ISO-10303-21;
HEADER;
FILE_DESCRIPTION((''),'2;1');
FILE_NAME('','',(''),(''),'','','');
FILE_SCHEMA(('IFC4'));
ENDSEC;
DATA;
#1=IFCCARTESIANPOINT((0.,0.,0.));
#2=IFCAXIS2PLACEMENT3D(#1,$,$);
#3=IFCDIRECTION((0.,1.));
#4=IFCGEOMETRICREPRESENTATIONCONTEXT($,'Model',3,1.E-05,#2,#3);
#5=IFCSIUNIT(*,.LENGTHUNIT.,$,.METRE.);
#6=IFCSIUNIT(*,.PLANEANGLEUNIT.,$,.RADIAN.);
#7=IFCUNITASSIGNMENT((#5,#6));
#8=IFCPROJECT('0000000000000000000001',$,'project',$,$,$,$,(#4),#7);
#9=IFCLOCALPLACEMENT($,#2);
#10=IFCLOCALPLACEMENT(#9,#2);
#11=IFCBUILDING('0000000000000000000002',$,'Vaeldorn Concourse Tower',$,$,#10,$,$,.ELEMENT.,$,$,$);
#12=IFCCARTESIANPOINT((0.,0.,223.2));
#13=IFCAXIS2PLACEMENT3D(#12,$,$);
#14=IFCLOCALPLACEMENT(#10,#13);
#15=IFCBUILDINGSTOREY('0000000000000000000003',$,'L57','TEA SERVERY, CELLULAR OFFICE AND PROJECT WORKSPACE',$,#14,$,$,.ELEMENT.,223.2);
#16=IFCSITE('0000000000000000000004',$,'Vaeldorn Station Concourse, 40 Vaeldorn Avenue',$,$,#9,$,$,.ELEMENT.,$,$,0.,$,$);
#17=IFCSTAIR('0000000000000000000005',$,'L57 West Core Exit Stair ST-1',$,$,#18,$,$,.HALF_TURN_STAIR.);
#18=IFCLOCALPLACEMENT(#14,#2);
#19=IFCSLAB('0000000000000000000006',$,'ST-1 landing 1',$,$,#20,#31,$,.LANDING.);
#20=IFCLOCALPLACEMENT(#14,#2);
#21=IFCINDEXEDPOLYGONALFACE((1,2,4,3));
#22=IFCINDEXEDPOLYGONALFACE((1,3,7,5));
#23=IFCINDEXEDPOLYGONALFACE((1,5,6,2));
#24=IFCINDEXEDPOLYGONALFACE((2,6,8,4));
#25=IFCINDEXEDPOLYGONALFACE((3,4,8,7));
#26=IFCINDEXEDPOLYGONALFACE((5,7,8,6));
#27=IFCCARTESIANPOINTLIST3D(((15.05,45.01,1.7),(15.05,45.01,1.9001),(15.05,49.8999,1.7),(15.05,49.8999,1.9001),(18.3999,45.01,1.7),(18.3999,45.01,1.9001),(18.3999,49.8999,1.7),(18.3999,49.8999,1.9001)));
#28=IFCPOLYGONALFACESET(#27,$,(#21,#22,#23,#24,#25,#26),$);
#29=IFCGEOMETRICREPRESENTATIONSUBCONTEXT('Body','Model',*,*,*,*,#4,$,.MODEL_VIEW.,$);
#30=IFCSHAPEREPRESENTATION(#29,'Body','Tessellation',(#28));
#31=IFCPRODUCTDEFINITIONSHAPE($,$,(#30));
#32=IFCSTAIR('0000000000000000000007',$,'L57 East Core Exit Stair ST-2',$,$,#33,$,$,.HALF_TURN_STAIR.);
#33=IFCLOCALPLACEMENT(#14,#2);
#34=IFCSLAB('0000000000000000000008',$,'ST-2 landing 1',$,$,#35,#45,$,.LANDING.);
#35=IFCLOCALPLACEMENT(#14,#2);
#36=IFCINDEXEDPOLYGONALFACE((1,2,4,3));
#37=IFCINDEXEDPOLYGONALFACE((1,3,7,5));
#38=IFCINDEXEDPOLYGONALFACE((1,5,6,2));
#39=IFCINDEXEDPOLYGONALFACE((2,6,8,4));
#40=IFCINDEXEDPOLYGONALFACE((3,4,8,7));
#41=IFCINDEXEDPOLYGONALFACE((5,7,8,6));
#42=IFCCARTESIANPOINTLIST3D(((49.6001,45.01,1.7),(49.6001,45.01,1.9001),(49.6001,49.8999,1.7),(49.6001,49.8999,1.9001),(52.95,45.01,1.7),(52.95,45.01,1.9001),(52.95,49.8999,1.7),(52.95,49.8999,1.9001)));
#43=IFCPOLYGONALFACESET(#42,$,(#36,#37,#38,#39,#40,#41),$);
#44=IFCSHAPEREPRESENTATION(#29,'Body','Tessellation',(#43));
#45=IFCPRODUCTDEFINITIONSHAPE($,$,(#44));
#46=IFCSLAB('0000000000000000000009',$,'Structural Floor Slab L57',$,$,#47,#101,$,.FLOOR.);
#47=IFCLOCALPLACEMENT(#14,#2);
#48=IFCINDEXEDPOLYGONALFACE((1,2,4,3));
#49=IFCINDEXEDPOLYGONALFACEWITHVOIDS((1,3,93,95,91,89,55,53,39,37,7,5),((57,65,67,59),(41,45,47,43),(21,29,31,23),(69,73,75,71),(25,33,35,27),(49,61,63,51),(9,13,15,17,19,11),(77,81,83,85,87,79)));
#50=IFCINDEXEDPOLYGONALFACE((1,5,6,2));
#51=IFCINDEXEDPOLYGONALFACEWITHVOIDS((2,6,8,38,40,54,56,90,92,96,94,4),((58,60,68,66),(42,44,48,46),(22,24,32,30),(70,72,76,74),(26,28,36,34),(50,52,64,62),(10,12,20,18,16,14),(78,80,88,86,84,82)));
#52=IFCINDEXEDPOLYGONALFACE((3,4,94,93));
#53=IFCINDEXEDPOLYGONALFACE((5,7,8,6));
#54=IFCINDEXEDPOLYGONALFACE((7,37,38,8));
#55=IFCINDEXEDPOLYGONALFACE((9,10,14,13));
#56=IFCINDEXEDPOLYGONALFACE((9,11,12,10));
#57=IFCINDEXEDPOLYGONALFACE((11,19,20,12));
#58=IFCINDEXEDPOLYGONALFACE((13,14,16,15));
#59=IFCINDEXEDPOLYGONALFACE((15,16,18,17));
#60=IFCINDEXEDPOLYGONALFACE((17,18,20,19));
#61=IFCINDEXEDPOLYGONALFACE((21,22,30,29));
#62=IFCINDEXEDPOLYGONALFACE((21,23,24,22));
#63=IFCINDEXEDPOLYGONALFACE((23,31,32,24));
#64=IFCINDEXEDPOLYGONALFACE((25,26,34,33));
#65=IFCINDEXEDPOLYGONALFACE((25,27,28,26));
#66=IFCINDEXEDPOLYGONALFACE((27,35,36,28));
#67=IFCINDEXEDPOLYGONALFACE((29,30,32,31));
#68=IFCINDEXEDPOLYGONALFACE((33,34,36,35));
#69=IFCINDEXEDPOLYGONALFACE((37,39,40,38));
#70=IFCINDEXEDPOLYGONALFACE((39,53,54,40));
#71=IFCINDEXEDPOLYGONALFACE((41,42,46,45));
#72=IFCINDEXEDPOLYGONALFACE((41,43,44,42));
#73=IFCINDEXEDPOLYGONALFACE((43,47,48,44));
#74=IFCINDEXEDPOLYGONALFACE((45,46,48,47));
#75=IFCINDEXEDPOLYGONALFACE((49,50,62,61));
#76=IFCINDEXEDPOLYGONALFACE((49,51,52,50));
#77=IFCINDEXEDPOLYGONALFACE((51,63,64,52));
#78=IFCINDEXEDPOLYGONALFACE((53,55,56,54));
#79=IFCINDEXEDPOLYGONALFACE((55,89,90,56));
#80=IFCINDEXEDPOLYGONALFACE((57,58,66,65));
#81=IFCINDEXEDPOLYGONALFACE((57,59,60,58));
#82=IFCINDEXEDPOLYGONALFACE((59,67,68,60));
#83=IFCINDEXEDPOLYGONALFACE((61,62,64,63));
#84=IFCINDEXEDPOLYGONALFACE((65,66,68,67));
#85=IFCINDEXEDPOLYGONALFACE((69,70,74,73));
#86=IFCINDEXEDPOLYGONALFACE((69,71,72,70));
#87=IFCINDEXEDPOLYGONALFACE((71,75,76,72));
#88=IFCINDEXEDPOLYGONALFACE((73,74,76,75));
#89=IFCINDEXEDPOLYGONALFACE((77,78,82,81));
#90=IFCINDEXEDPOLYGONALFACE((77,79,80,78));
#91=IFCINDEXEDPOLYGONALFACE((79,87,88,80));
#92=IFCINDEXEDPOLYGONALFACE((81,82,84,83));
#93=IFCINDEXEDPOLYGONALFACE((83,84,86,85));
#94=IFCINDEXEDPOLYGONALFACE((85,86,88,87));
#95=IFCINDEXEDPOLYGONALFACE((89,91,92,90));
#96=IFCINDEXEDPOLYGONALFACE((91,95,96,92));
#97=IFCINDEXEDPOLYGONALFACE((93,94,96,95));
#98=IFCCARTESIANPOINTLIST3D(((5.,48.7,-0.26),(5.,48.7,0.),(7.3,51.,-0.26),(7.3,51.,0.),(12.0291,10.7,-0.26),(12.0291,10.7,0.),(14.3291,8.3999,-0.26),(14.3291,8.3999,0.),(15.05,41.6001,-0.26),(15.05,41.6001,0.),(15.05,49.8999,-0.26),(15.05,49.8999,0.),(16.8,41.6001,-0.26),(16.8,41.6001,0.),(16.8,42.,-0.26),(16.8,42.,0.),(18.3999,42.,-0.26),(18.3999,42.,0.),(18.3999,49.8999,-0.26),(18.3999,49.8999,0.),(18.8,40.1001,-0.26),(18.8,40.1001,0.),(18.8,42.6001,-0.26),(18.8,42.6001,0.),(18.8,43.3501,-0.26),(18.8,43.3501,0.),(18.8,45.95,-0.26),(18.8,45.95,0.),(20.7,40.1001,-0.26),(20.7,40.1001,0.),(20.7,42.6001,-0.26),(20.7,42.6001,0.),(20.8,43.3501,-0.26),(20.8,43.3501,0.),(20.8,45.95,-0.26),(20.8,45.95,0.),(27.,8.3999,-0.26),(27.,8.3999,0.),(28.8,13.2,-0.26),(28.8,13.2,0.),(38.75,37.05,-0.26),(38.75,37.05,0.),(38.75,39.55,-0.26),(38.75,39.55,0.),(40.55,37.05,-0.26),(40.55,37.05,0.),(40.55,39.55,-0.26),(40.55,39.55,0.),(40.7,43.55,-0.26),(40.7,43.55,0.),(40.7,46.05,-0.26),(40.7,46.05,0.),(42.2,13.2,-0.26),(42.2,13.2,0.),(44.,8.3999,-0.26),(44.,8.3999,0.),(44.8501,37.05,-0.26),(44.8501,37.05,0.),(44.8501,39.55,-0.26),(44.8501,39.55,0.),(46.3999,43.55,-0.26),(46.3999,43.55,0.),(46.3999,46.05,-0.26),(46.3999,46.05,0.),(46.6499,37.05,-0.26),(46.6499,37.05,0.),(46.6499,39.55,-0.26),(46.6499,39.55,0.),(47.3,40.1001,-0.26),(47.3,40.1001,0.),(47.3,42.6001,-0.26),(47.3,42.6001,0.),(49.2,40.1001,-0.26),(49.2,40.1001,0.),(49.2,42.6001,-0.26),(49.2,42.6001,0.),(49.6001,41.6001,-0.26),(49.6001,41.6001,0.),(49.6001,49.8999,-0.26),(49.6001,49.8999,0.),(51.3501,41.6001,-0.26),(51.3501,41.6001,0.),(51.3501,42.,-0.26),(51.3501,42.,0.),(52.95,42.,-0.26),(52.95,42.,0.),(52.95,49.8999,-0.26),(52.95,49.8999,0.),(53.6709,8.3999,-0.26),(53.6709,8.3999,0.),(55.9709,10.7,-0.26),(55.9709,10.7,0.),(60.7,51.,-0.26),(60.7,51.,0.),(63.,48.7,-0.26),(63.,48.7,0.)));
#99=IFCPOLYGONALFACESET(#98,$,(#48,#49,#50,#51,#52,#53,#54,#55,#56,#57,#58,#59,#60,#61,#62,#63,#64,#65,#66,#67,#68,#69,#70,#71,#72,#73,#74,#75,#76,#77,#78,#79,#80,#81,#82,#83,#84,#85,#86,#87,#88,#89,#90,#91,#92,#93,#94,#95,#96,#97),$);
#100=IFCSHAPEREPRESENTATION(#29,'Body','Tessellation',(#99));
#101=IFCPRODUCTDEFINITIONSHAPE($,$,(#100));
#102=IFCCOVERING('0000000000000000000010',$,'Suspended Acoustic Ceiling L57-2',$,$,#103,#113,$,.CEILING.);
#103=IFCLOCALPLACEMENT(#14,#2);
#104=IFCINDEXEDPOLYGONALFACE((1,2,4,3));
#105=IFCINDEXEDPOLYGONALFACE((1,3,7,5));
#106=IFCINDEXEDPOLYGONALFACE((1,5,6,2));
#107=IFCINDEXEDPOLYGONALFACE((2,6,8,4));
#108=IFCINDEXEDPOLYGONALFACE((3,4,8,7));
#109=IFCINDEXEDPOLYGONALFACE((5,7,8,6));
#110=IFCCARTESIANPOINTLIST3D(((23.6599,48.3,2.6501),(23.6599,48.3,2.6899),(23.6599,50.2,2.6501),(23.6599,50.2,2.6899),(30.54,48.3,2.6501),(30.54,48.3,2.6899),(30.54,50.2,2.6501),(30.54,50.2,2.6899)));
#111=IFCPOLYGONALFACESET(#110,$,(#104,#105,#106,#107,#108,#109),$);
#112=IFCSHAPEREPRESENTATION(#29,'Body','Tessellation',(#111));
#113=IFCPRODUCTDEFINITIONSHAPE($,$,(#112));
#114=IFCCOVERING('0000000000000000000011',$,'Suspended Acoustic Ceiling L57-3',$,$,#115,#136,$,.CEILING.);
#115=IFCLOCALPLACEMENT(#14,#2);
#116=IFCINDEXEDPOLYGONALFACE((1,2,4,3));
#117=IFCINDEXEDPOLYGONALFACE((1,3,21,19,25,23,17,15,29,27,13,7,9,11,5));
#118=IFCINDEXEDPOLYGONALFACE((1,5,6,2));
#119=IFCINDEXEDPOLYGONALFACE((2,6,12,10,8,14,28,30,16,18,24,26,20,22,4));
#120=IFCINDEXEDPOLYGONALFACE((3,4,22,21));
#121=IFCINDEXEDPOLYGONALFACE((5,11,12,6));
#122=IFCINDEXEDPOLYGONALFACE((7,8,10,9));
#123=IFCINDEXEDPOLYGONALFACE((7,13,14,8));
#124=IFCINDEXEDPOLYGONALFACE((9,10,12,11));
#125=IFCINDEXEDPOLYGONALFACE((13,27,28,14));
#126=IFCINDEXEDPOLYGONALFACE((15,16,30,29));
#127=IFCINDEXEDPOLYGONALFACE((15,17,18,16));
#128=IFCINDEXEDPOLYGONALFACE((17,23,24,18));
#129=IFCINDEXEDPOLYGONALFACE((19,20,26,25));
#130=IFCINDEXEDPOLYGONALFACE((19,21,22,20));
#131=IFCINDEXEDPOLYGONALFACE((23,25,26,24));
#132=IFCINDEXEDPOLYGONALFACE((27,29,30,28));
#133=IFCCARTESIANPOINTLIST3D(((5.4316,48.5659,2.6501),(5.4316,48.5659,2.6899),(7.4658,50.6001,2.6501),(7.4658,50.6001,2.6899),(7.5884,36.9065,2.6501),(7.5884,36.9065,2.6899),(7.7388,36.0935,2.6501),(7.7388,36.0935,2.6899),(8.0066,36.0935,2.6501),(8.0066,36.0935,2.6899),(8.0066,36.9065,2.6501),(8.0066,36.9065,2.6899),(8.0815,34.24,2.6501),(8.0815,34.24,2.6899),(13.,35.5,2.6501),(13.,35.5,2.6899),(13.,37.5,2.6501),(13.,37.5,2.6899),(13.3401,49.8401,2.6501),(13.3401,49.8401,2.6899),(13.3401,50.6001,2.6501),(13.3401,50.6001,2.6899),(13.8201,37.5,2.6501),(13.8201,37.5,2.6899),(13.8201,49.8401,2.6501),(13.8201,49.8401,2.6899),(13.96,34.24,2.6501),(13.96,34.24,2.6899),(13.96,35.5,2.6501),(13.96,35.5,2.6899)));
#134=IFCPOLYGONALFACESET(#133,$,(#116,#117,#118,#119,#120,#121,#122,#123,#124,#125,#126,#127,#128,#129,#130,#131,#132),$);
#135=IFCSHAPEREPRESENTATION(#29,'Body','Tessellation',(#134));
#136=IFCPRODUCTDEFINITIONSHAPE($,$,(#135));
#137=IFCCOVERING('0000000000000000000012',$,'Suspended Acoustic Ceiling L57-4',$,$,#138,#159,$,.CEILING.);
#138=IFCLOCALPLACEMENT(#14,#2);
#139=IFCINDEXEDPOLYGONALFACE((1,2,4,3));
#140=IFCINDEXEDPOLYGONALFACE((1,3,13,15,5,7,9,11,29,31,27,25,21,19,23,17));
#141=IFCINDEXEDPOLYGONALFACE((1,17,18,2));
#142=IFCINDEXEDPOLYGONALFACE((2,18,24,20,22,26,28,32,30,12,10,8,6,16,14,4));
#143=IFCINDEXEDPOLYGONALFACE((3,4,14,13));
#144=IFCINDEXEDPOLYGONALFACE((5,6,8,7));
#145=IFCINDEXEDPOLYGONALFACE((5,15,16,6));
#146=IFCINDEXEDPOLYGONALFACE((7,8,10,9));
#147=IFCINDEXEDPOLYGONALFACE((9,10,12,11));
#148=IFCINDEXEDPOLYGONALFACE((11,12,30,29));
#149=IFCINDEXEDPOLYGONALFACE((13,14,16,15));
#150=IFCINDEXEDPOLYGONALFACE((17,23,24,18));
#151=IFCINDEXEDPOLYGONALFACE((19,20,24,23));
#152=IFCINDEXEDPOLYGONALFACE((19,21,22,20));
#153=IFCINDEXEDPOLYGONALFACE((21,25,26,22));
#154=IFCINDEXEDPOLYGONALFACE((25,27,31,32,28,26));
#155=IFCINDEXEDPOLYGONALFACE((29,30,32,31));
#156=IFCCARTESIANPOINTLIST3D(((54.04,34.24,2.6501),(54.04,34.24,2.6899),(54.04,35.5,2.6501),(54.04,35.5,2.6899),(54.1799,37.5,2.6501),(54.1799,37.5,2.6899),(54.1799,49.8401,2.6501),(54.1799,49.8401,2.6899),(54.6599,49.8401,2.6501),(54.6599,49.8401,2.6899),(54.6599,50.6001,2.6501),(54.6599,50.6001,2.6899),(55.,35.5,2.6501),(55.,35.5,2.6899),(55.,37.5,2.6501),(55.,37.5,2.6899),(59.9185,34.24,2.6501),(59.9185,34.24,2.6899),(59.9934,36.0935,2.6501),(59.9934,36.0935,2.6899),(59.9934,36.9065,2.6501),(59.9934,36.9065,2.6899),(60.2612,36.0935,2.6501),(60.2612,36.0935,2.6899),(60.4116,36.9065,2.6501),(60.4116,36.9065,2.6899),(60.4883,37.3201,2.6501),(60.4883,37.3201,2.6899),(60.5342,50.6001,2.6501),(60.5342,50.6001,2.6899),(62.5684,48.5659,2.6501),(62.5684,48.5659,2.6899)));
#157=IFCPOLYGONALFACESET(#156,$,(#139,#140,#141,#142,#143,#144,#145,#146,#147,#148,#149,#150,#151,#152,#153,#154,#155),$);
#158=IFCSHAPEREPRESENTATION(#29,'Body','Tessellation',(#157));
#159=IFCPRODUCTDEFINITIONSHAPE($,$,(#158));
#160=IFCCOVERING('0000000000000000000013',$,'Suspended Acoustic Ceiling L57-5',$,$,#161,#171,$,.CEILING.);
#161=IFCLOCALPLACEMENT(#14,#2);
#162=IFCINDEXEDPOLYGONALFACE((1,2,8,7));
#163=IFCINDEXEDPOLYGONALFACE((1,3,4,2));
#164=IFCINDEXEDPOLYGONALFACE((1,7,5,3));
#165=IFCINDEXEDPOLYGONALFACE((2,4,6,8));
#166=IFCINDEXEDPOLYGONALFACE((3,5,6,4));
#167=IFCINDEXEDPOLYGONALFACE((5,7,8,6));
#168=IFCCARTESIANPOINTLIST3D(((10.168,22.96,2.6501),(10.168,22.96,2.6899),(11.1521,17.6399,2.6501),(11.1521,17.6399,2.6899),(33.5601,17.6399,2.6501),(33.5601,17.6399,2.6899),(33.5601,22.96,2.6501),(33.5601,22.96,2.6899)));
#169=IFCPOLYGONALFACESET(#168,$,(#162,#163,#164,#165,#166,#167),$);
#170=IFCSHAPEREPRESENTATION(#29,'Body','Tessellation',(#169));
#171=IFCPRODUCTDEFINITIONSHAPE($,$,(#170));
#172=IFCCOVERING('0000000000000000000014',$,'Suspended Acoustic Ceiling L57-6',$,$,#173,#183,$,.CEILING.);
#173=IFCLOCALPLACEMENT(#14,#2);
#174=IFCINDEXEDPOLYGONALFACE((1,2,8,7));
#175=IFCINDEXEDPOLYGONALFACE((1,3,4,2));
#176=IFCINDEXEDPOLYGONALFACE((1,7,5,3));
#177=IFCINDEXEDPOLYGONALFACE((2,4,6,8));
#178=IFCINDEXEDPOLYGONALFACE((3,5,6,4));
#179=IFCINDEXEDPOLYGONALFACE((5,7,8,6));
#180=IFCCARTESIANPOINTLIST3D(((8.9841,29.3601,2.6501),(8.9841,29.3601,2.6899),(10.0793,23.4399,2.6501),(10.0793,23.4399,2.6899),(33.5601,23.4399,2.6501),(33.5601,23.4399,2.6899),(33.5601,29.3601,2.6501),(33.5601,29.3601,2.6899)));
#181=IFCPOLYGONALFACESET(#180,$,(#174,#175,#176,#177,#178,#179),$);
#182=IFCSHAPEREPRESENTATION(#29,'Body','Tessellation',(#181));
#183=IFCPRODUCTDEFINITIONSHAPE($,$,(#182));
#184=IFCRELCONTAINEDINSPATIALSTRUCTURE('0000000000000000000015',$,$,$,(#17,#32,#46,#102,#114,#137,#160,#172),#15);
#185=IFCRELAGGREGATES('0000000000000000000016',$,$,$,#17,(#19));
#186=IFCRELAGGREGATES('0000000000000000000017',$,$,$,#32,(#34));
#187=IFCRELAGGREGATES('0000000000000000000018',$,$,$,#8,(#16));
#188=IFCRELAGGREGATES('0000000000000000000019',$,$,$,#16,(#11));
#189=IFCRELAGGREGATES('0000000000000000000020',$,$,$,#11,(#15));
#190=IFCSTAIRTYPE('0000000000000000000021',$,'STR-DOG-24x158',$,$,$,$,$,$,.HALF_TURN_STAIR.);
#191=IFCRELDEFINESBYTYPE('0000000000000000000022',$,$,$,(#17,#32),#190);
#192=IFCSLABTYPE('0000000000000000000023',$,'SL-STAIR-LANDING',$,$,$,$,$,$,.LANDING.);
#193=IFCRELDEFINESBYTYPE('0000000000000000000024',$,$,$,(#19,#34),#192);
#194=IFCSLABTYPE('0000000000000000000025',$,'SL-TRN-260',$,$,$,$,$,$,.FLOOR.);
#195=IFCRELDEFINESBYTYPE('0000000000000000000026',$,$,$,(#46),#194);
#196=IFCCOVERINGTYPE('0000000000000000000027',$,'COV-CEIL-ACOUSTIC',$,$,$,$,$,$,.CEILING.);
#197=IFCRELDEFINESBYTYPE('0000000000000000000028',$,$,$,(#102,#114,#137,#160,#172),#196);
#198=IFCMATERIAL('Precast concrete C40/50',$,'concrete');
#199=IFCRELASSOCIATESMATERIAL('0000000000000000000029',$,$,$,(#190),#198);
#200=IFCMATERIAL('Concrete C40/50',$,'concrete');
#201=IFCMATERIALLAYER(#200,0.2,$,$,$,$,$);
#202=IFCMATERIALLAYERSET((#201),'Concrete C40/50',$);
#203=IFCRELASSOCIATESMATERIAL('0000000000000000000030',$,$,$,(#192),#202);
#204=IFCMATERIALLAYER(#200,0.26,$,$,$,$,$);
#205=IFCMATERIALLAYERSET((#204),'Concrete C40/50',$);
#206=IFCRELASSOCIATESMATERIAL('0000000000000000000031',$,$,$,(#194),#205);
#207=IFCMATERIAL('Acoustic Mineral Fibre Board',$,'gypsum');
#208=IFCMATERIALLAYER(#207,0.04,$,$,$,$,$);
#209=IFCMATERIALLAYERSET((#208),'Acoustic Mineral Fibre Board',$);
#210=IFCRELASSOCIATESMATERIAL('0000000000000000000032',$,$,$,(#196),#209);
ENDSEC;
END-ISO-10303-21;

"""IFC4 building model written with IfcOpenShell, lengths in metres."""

from ifc_helpers import new_model, si_unit, direction, frame, origin, place, context, subcontext, project, spatial, polyline, outline, extrude, material, layer, layer_set, type_object, element, aggregate, save


model = new_model("IFC4")

# Units and contexts
model_context = context("Model", 3, precision=1e-05, world=origin(), true_north=direction((0.0, 1.0)))
body_context = subcontext(model_context, "Body", "Model", "MODEL_VIEW")
ifc_project = project(units=[si_unit("LENGTHUNIT", "METRE"), si_unit("PLANEANGLEUNIT", "RADIAN")], contexts=[model_context])

# Site, building, storey
site_placement = place(None, origin())
site = spatial("IfcSite", under=ifc_project, at=site_placement, Name="Vaeldorn Station Concourse, 40 Vaeldorn Avenue", CompositionType="ELEMENT", RefElevation=0.0)
building_placement = place(site_placement, origin())
building = spatial("IfcBuilding", under=site, at=building_placement, Name="Vaeldorn Concourse Tower", CompositionType="ELEMENT")
storey_placement = place(building_placement, frame((0.0, 0.0, 223.2)))
storey = spatial("IfcBuildingStorey", under=building, at=storey_placement, Name="L57", Description="TEA SERVERY, CELLULAR OFFICE AND PROJECT WORKSPACE", CompositionType="ELEMENT", Elevation=223.2)

# Stairs, slabs
ifc_material_1 = material(Name="Precast concrete C40/50", Category="concrete")
stair_type = type_object("IfcStairType", Name="STR-DOG-24x158", PredefinedType="HALF_TURN_STAIR", material=ifc_material_1)
stair_1_placement = place(storey_placement, origin())
stair_1 = element("IfcStair", 1, at=stair_1_placement, inside=storey, type_object=stair_type, Name="L57 West Core Exit Stair ST-1", PredefinedType="HALF_TURN_STAIR")
ifc_material_2 = material(Name="Concrete C40/50", Category="concrete")
ifc_layer_1 = layer(ifc_material_2, 0.2)
ifc_layer_set_1 = layer_set([ifc_layer_1], Name="Concrete C40/50")
slab_type_1 = type_object("IfcSlabType", Name="SL-STAIR-LANDING", PredefinedType="LANDING", material=ifc_layer_set_1)
slab_1_placement = place(storey_placement, frame((0.0, 0.0, 1.7)))
slab_1 = element("IfcSlab", 2, at=slab_1_placement, type_object=slab_type_1, Name="ST-1 landing 1", PredefinedType="LANDING", context=body_context, shape_type="SweptSolid", body=[
    extrude(outline(polyline([(18.3999, 45.01), (18.3999, 49.8999), (15.05, 49.8999), (15.05, 45.01), (18.3999, 45.01)])), origin(), (0.0, 0.0, 1.0), 0.2002),
])
aggregate(stair_1, [slab_1])
stair_2_placement = place(storey_placement, origin())
stair_2 = element("IfcStair", 3, at=stair_2_placement, inside=storey, type_object=stair_type, Name="L57 East Core Exit Stair ST-2", PredefinedType="HALF_TURN_STAIR")
slab_2_placement = place(storey_placement, frame((0.0, 0.0, 1.7)))
slab_2 = element("IfcSlab", 4, at=slab_2_placement, type_object=slab_type_1, Name="ST-2 landing 1", PredefinedType="LANDING", context=body_context, shape_type="SweptSolid", body=[
    extrude(outline(polyline([(52.95, 45.01), (52.95, 49.8999), (49.6001, 49.8999), (49.6001, 45.01), (52.95, 45.01)])), origin(), (0.0, 0.0, 1.0), 0.2002),
])
aggregate(stair_2, [slab_2])

# Slab
ifc_layer_2 = layer(ifc_material_2, 0.26)
ifc_layer_set_2 = layer_set([ifc_layer_2], Name="Concrete C40/50")
slab_type_2 = type_object("IfcSlabType", Name="SL-TRN-260", PredefinedType="FLOOR", material=ifc_layer_set_2)
slab_3_placement = place(storey_placement, frame((0.0, 0.0, -0.26)))
element("IfcSlab", 5, at=slab_3_placement, inside=storey, type_object=slab_type_2, Name="Structural Floor Slab L57", PredefinedType="FLOOR", context=body_context, shape_type="SweptSolid", body=[
    extrude(outline(polyline([(14.3291, 8.3999), (27.0, 8.3999), (28.8, 13.2), (42.2, 13.2), (44.0, 8.3999), (53.6709, 8.3999), (55.9709, 10.7), (63.0, 48.7), (60.7, 51.0), (7.3, 51.0), (5.0, 48.7), (12.0291, 10.7), (14.3291, 8.3999)]), holes=[polyline([(18.3999, 42.0), (18.3999, 49.8999), (15.05, 49.8999), (15.05, 41.6001), (16.8, 41.6001), (16.8, 42.0), (18.3999, 42.0)]), polyline([(52.95, 42.0), (52.95, 49.8999), (49.6001, 49.8999), (49.6001, 41.6001), (51.3501, 41.6001), (51.3501, 42.0), (52.95, 42.0)]), polyline([(38.75, 37.05), (40.55, 37.05), (40.55, 39.55), (38.75, 39.55), (38.75, 37.05)]), polyline([(44.8501, 37.05), (46.6499, 37.05), (46.6499, 39.55), (44.8501, 39.55), (44.8501, 37.05)]), polyline([(40.7, 43.55), (46.3999, 43.55), (46.3999, 46.05), (40.7, 46.05), (40.7, 43.55)]), polyline([(18.8, 43.3501), (20.8, 43.3501), (20.8, 45.95), (18.8, 45.95), (18.8, 43.3501)]), polyline([(18.8, 40.1001), (20.7, 40.1001), (20.7, 42.6001), (18.8, 42.6001), (18.8, 40.1001)]), polyline([(47.3, 40.1001), (49.2, 40.1001), (49.2, 42.6001), (47.3, 42.6001), (47.3, 40.1001)])]), origin(), (0.0, 0.0, 1.0), 0.26),
])

# Coverings
ifc_material_3 = material(Name="Acoustic Mineral Fibre Board", Category="gypsum")
ifc_layer_3 = layer(ifc_material_3, 0.04)
ifc_layer_set_3 = layer_set([ifc_layer_3], Name="Acoustic Mineral Fibre Board")
covering_type_1 = type_object("IfcCoveringType", Name="COV-CEIL-ACOUSTIC", PredefinedType="CEILING", material=ifc_layer_set_3)
covering_1_placement = place(storey_placement, frame((0.0, 0.0, 2.6501)))
element("IfcCovering", 6, at=covering_1_placement, inside=storey, type_object=covering_type_1, Name="Suspended Acoustic Ceiling L57-2", PredefinedType="CEILING", context=body_context, shape_type="SweptSolid", body=[
    extrude(outline(polyline([(30.54, 50.2), (30.54, 48.3), (23.6599, 48.3), (23.6599, 50.2), (30.54, 50.2)])), origin(), (0.0, 0.0, 1.0), 0.0398),
])
covering_2_placement = place(storey_placement, frame((0.0, 0.0, 2.6501)))
element("IfcCovering", 7, at=covering_2_placement, inside=storey, type_object=covering_type_1, Name="Suspended Acoustic Ceiling L57-3", PredefinedType="CEILING", context=body_context, shape_type="SweptSolid", body=[
    extrude(outline(polyline([(7.4658, 50.6001), (13.3401, 50.6001), (13.3401, 49.8401), (13.8201, 49.8401), (13.8201, 37.5), (13.0, 37.5), (13.0, 35.5), (13.96, 35.5), (13.96, 34.24), (8.0815, 34.24), (7.7388, 36.0935), (8.0066, 36.0935), (8.0066, 36.9065), (7.5884, 36.9065), (5.4316, 48.5659), (7.4658, 50.6001)])), origin(), (0.0, 0.0, 1.0), 0.0398),
])
covering_3_placement = place(storey_placement, frame((0.0, 0.0, 2.6501)))
element("IfcCovering", 8, at=covering_3_placement, inside=storey, type_object=covering_type_1, Name="Suspended Acoustic Ceiling L57-4", PredefinedType="CEILING", context=body_context, shape_type="SweptSolid", body=[
    extrude(outline(polyline([(54.1799, 49.8401), (54.6599, 49.8401), (54.6599, 50.6001), (60.5342, 50.6001), (62.5684, 48.5659), (60.4883, 37.3201), (60.4883, 37.3201), (60.4116, 36.9065), (59.9934, 36.9065), (59.9934, 36.0935), (60.2612, 36.0935), (59.9185, 34.24), (54.04, 34.24), (54.04, 35.5), (55.0, 35.5), (55.0, 37.5), (54.1799, 37.5), (54.1799, 49.8401)])), origin(), (0.0, 0.0, 1.0), 0.0398),
])
covering_4_placement = place(storey_placement, frame((0.0, 0.0, 2.6501)))
element("IfcCovering", 9, at=covering_4_placement, inside=storey, type_object=covering_type_1, Name="Suspended Acoustic Ceiling L57-5", PredefinedType="CEILING", context=body_context, shape_type="SweptSolid", body=[
    extrude(outline(polyline([(33.5601, 22.96), (33.5601, 17.6399), (11.1521, 17.6399), (10.168, 22.96), (33.5601, 22.96)])), origin(), (0.0, 0.0, 1.0), 0.0398),
])
covering_5_placement = place(storey_placement, frame((0.0, 0.0, 2.6501)))
element("IfcCovering", 10, at=covering_5_placement, inside=storey, type_object=covering_type_1, Name="Suspended Acoustic Ceiling L57-6", PredefinedType="CEILING", context=body_context, shape_type="SweptSolid", body=[
    extrude(outline(polyline([(33.5601, 29.3601), (33.5601, 23.4399), (10.0793, 23.4399), (8.9841, 29.3601), (33.5601, 29.3601)])), origin(), (0.0, 0.0, 1.0), 0.0398),
])

save(model, "model.ifc")
